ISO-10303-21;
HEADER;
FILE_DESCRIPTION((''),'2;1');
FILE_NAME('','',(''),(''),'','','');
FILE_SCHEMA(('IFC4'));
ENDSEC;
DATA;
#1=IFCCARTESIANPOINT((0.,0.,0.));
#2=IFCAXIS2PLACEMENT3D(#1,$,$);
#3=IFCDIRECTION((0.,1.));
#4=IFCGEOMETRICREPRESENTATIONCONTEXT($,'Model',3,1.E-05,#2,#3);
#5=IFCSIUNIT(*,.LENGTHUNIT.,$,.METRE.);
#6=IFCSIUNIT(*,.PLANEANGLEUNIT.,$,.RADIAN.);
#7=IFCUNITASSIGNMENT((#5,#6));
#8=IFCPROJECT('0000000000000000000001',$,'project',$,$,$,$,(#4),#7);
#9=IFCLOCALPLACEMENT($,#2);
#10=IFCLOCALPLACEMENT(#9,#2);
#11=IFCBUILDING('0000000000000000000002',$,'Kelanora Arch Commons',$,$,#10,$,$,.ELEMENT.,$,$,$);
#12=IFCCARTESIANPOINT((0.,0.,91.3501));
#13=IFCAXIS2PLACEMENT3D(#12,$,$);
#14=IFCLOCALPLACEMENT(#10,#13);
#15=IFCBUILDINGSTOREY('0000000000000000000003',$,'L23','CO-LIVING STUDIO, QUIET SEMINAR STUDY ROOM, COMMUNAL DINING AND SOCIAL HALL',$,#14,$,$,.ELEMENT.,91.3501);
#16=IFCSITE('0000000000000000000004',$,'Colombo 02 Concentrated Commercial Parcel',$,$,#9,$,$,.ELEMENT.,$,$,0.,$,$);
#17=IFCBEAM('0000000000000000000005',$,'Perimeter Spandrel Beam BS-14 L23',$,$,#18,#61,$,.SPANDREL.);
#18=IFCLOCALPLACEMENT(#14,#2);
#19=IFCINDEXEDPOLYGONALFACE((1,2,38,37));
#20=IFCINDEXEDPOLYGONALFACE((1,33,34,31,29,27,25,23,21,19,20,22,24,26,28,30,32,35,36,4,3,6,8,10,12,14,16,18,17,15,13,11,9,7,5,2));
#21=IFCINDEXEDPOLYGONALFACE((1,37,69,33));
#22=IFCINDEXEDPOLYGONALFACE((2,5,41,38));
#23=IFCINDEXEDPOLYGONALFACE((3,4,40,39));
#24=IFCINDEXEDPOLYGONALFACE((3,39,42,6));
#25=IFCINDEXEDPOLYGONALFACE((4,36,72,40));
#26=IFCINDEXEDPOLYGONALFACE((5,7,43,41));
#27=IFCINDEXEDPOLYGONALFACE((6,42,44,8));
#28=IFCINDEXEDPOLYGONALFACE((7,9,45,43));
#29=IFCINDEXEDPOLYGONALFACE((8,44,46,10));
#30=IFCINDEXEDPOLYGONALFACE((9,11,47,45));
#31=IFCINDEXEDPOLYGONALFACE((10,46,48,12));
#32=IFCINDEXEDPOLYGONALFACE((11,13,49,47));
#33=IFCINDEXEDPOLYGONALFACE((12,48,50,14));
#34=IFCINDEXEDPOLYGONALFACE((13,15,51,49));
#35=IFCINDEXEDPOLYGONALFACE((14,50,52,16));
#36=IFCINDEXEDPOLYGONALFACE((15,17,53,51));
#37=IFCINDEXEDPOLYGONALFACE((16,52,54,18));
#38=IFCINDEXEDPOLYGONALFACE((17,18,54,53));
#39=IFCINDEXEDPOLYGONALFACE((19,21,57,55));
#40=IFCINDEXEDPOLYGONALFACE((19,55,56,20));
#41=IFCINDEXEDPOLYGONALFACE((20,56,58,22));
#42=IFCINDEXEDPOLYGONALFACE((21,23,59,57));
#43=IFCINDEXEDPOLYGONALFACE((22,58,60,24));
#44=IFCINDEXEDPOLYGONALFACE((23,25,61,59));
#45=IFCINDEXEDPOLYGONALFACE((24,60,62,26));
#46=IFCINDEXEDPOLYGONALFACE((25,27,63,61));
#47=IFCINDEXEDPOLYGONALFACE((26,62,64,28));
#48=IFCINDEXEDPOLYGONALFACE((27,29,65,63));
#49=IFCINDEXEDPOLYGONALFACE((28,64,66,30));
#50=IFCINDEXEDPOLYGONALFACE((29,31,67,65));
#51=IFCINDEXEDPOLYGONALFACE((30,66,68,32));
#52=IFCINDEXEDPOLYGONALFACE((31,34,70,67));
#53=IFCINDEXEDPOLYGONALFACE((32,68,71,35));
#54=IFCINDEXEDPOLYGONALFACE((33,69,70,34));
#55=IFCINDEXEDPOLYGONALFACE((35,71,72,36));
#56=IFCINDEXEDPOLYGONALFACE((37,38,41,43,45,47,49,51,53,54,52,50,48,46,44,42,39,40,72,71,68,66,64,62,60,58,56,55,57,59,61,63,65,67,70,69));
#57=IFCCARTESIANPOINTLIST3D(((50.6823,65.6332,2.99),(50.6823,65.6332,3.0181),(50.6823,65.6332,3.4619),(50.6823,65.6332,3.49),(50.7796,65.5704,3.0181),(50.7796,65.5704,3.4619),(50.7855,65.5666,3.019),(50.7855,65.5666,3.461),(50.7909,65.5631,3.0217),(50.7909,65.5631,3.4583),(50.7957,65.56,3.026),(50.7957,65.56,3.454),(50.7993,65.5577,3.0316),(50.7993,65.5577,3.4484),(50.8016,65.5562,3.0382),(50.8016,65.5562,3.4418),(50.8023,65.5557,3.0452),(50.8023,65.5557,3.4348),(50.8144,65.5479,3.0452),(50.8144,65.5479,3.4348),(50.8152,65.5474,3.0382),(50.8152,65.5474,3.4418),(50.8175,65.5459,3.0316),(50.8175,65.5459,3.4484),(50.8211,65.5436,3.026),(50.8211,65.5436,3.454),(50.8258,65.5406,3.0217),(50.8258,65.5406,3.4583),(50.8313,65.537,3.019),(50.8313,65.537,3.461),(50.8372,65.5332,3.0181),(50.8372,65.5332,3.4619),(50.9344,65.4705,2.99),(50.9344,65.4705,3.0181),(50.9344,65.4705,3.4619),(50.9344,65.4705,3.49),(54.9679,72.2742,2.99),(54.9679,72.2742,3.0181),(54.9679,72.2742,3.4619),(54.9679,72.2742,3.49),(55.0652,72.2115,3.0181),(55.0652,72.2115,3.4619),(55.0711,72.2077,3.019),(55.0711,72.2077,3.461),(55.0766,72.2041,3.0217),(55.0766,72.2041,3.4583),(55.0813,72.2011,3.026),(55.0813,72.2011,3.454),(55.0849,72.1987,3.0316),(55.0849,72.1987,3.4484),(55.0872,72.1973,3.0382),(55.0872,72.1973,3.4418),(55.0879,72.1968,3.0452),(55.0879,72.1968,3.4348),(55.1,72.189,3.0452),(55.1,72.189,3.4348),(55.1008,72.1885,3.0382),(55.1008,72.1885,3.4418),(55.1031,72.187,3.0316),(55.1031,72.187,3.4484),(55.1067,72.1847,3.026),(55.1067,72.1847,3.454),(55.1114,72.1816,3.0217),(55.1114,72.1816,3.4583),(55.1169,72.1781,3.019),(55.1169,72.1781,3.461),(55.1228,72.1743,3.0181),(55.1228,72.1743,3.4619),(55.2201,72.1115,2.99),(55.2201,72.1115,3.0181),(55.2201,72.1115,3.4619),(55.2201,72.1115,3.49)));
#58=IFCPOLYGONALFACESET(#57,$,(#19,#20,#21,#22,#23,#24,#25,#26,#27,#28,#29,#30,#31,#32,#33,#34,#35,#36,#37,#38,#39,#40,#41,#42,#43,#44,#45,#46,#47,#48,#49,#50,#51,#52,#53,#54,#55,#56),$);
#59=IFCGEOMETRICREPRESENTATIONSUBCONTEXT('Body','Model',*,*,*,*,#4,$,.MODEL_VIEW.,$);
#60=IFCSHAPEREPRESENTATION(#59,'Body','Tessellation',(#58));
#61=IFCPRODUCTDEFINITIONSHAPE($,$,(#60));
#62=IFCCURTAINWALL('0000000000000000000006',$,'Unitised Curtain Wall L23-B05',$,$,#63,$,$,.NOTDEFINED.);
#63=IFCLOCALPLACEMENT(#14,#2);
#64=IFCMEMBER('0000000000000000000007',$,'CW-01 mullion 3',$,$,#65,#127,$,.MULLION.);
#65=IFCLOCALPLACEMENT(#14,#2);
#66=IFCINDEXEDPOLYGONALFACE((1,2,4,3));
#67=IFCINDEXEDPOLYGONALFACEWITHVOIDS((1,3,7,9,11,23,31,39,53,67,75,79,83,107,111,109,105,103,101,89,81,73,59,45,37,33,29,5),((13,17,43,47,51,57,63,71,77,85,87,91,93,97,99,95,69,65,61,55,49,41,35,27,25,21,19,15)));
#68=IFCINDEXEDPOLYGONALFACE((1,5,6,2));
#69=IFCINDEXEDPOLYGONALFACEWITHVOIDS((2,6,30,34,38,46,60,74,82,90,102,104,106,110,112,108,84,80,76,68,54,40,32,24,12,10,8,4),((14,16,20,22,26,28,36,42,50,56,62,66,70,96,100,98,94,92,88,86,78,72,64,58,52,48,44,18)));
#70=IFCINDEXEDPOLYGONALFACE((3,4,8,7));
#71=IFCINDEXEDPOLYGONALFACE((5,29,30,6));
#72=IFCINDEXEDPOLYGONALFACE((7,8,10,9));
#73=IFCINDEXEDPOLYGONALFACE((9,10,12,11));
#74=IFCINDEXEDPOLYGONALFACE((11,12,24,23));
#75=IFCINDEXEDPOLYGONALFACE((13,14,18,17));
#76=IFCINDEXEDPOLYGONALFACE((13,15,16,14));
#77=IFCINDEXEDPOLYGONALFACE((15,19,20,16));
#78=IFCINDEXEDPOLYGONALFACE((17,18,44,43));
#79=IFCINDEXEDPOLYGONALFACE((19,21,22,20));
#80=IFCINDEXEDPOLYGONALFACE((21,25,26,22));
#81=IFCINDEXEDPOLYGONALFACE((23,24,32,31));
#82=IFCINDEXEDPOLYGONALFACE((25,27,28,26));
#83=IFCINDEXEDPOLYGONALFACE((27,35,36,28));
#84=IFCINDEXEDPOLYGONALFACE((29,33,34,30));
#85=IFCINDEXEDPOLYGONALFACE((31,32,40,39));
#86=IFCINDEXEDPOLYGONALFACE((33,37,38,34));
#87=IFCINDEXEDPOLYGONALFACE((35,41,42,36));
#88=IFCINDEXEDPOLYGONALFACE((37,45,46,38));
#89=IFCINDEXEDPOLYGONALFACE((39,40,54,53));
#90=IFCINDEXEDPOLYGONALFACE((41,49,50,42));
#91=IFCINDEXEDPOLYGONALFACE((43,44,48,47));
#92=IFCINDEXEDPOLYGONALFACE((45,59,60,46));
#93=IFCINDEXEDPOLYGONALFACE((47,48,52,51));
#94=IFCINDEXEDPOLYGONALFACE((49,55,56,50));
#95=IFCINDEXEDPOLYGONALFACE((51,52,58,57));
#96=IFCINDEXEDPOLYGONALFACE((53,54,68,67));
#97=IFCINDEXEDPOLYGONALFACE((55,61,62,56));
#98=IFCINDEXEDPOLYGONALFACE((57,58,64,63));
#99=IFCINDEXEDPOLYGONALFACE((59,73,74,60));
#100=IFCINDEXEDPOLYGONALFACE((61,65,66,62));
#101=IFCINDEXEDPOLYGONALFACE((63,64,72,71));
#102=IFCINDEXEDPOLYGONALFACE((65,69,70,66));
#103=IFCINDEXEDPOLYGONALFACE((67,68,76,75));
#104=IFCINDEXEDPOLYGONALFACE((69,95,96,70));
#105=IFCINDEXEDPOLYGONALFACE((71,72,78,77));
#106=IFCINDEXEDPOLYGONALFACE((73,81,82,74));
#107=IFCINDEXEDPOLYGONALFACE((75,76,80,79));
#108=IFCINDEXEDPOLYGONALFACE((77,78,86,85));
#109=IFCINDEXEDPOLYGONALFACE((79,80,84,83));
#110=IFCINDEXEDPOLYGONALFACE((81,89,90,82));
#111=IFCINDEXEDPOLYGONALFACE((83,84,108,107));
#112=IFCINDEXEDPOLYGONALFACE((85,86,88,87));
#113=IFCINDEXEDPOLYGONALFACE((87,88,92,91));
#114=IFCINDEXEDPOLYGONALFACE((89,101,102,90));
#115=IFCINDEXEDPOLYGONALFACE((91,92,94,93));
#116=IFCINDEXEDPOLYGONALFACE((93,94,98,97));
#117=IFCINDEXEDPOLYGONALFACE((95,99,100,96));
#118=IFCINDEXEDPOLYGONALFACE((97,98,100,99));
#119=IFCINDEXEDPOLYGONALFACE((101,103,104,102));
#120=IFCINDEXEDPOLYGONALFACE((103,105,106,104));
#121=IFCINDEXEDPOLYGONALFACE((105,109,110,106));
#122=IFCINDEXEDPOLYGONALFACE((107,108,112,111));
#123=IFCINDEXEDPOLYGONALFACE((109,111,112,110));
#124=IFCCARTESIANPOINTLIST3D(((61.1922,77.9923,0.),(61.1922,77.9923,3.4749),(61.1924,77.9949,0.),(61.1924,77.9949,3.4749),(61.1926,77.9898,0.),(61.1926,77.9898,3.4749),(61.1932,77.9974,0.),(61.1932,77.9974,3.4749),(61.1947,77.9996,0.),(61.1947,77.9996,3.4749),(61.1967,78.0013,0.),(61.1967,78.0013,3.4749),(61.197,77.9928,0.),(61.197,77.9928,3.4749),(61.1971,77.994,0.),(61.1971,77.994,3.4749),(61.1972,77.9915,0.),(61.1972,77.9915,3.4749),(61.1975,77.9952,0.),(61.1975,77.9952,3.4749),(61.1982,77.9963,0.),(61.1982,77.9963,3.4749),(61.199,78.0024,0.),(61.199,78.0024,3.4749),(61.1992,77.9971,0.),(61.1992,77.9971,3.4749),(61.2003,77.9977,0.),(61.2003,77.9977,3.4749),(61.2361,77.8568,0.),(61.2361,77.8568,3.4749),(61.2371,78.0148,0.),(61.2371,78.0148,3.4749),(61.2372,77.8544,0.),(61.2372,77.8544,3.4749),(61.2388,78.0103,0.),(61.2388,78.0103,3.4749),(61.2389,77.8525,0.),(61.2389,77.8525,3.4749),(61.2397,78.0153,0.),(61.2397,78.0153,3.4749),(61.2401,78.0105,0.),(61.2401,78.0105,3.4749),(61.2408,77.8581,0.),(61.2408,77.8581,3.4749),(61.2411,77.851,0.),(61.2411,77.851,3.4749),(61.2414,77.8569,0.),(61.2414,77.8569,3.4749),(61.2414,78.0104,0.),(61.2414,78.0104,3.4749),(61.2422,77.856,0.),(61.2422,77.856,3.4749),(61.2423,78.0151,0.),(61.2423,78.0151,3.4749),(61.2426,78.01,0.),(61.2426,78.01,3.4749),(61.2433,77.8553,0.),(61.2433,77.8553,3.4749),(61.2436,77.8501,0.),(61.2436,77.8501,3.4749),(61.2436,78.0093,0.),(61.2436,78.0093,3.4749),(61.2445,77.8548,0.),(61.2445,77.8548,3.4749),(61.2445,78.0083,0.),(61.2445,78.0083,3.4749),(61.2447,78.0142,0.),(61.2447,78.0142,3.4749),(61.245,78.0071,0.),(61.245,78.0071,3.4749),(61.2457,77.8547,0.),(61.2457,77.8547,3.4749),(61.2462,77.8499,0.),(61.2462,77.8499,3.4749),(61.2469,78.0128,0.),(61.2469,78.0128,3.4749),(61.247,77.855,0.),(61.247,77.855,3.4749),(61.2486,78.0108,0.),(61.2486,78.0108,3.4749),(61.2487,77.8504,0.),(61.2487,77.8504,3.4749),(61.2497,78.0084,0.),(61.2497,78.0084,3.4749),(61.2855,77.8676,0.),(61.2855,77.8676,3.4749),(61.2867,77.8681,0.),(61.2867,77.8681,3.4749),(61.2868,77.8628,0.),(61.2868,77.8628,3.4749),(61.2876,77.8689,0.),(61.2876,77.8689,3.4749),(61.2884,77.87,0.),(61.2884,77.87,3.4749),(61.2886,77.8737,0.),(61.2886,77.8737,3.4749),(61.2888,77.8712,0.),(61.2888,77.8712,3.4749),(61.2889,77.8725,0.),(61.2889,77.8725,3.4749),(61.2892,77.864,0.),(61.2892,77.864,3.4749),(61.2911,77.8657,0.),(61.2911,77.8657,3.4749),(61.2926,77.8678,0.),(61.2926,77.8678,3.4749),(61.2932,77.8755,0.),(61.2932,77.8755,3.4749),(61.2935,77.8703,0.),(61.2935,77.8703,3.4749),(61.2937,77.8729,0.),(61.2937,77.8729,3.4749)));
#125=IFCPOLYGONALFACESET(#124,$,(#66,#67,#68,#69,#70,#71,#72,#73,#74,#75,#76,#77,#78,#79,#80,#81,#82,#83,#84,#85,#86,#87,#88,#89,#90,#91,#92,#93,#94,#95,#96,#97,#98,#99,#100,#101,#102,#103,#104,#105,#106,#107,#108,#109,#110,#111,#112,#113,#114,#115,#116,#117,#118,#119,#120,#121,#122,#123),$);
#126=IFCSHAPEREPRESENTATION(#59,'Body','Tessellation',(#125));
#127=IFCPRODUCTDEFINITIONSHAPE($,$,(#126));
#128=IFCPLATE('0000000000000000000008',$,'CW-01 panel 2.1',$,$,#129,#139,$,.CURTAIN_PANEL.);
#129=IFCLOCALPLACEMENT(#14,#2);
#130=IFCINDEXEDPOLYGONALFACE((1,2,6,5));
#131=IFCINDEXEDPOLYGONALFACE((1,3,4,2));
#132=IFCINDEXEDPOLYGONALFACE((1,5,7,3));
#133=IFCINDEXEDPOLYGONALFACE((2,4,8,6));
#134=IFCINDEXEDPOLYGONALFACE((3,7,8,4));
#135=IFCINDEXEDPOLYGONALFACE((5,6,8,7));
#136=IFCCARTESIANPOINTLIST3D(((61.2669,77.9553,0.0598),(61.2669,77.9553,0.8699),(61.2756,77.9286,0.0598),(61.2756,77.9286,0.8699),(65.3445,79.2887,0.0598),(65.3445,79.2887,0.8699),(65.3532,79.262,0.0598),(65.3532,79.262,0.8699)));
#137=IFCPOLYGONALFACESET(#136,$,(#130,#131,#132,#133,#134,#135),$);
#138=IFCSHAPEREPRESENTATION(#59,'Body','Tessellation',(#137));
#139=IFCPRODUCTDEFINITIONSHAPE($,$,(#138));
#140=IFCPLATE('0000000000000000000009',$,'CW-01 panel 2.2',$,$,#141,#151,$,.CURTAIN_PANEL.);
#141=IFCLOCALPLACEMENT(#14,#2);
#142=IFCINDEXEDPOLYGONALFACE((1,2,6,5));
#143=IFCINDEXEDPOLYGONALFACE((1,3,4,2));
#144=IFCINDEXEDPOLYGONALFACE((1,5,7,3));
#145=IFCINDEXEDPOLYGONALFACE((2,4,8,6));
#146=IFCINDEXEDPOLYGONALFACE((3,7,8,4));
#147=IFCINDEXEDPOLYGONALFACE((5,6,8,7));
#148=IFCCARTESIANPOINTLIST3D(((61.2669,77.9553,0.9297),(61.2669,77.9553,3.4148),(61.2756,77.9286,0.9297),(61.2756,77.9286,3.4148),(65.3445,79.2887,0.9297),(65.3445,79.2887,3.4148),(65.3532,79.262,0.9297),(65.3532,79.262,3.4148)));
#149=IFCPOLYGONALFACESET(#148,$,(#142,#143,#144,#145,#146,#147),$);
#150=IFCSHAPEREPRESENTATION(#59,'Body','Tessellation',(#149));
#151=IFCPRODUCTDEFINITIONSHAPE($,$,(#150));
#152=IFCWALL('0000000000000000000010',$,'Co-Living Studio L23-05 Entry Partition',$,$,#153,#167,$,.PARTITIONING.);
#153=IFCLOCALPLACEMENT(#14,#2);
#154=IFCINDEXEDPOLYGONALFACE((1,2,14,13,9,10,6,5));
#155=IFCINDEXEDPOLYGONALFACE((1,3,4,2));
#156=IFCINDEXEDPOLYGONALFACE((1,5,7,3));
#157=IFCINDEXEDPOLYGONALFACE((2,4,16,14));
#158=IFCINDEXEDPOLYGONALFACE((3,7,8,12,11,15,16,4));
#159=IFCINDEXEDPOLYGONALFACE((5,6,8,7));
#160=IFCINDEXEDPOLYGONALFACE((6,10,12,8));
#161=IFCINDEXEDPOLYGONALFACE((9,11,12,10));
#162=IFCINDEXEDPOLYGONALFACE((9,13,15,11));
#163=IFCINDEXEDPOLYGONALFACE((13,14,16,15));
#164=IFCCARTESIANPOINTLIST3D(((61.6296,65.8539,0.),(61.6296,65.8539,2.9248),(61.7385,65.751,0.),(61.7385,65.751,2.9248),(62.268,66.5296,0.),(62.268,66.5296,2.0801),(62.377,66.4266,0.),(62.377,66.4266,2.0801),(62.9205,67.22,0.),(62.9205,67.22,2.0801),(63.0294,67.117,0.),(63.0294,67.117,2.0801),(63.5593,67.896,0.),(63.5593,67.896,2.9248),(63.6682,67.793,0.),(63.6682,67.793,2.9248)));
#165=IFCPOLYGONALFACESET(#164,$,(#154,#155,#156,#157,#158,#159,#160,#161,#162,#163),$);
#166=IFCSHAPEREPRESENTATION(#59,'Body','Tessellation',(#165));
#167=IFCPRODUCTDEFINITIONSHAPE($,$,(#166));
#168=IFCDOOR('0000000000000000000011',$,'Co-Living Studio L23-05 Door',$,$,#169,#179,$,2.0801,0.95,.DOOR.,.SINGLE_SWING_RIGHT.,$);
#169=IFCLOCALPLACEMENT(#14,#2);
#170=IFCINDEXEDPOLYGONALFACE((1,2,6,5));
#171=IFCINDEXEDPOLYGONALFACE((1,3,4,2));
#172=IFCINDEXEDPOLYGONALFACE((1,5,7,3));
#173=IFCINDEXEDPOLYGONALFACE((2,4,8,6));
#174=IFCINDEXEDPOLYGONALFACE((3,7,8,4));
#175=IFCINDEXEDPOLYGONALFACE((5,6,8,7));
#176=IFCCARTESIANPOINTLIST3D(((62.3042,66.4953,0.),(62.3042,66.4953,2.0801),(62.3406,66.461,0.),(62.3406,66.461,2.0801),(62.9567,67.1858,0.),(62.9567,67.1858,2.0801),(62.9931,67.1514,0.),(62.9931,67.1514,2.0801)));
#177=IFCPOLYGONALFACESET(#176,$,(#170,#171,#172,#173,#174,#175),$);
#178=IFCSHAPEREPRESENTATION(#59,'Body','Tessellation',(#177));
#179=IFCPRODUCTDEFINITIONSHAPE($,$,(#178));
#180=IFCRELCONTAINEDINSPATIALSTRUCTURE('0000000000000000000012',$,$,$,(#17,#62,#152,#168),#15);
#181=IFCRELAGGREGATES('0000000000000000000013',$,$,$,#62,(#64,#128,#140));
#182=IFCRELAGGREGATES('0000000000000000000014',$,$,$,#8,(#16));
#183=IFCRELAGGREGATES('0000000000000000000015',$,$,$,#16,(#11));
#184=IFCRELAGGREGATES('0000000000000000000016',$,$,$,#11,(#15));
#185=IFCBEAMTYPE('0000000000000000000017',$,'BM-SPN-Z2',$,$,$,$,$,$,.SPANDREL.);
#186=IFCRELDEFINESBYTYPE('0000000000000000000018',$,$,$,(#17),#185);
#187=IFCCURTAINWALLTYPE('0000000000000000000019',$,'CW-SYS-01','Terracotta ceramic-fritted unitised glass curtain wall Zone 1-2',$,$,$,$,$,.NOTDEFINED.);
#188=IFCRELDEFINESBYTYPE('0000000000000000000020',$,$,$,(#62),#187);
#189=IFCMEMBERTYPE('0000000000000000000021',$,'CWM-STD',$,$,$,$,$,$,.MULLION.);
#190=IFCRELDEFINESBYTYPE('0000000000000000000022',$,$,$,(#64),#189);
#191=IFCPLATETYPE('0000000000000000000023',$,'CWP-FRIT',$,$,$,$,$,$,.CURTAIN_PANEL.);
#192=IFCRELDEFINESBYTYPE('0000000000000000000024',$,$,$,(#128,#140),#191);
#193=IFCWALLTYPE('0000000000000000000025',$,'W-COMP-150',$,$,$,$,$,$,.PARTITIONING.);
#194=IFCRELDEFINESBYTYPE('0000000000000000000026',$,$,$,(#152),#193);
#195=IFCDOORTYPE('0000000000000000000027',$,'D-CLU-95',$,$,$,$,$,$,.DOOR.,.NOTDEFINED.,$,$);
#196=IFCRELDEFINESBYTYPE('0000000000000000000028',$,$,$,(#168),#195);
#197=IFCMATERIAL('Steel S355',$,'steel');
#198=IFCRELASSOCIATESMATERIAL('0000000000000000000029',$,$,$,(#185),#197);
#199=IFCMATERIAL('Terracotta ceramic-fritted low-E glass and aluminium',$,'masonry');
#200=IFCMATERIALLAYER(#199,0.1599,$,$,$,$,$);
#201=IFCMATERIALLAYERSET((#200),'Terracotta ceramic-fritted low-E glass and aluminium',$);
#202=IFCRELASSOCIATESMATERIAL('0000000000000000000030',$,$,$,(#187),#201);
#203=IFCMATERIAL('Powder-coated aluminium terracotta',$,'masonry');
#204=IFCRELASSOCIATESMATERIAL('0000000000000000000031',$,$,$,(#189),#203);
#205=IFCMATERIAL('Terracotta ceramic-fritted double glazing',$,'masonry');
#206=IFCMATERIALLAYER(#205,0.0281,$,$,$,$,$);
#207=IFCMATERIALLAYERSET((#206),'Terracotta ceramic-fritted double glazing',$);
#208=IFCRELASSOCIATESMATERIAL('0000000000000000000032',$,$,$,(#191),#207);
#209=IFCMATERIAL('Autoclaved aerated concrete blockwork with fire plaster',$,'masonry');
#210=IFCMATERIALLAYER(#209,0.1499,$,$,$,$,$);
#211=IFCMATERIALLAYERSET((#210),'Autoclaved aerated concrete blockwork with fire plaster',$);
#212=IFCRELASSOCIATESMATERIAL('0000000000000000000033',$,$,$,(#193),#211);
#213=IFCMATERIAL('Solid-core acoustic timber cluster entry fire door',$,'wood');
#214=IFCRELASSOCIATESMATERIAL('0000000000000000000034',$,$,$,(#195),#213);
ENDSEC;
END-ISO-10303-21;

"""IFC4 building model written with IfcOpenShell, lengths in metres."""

from ifc_helpers import new_model, si_unit, direction, frame, frame_2d, origin, origin_2d, place, context, subcontext, project, spatial, rectangle, hollow_rectangle, i_section, extrude, source, transform, mapped, material, layer, layer_set, material_profile, profile_set, type_object, element, fill, aggregate, save


model = new_model("IFC4")

# Units and contexts
model_context = context("Model", 3, precision=1e-05, world=origin(), true_north=direction((0.0, 1.0)))
body_context = subcontext(model_context, "Body", "Model", "MODEL_VIEW")
ifc_project = project(units=[si_unit("LENGTHUNIT", "METRE"), si_unit("PLANEANGLEUNIT", "RADIAN")], contexts=[model_context])

# Site, building, storey
site_placement = place(None, origin())
site = spatial("IfcSite", under=ifc_project, at=site_placement, Name="Colombo 02 Concentrated Commercial Parcel", CompositionType="ELEMENT", RefElevation=0.0)
building_placement = place(site_placement, origin())
building = spatial("IfcBuilding", under=site, at=building_placement, Name="Kelanora Arch Commons", CompositionType="ELEMENT")
storey_placement = place(building_placement, frame((0.0, 0.0, 91.3501)))
storey = spatial("IfcBuildingStorey", under=building, at=storey_placement, Name="L23", Description="CO-LIVING STUDIO, QUIET SEMINAR STUDY ROOM, COMMUNAL DINING AND SOCIAL HALL", CompositionType="ELEMENT", Elevation=91.3501)

# Beam
ifc_material_1 = material(Name="Steel S355", Category="steel")
ifc_material_profile_1 = material_profile(ifc_material_1, i_section(OverallWidth=0.3, OverallDepth=0.5, WebThickness=0.0144, FlangeThickness=0.0281, FilletRadius=0.0271, at=origin_2d()), Name="HEB500")
ifc_profile_set_1 = profile_set([ifc_material_profile_1], Name="Steel S355")
beam_type_1 = type_object("IfcBeamType", Name="BM-SPN-Z2", PredefinedType="SPANDREL", material=ifc_profile_set_1)
beam_1_placement = place(storey_placement, frame((55.094, 72.1929, 3.24), z_axis=(-0.542221, -0.840236, 0.0), x_axis=(0.840236, -0.542221, 0.0)))
element("IfcBeam", 1, at=beam_1_placement, inside=storey, type_object=beam_type_1, Name="Perimeter Spandrel Beam BS-14 L23", PredefinedType="SPANDREL", context=body_context, shape_type="SweptSolid", body=[
    extrude(i_section(OverallWidth=0.3, OverallDepth=0.5, WebThickness=0.0144, FlangeThickness=0.0281, FilletRadius=0.0271, at=origin_2d()), origin(), (0.0, 0.0, 1.0), 7.9038),
])

# Curtain wall, member, plates
ifc_material_2 = material(Name="Terracotta ceramic-fritted low-E glass and aluminium", Category="masonry")
ifc_layer_1 = layer(ifc_material_2, 0.1599)
ifc_layer_set_1 = layer_set([ifc_layer_1], Name="Terracotta ceramic-fritted low-E glass and aluminium")
curtain_wall_type = type_object("IfcCurtainWallType", Name="CW-SYS-01", Description="Terracotta ceramic-fritted unitised glass curtain wall Zone 1-2", PredefinedType="NOTDEFINED", material=ifc_layer_set_1)
curtain_wall_placement = place(storey_placement, origin())
curtain_wall = element("IfcCurtainWall", 2, at=curtain_wall_placement, inside=storey, type_object=curtain_wall_type, Name="Unitised Curtain Wall L23-B05", PredefinedType="NOTDEFINED")
ifc_material_3 = material(Name="Powder-coated aluminium terracotta", Category="masonry")
ifc_material_profile_2 = material_profile(ifc_material_3, hollow_rectangle(XDim=0.1599, YDim=0.0601, WallThickness=0.0049, InnerFilletRadius=0.0049, OuterFilletRadius=0.01, at=origin_2d()), Name="CWM160x60")
ifc_profile_set_2 = profile_set([ifc_material_profile_2], Name="Powder-coated aluminium terracotta")
member_type = type_object("IfcMemberType", Name="CWM-STD", PredefinedType="MULLION", material=ifc_profile_set_2)
member_placement = place(storey_placement, frame((61.2429, 77.9326, 0.0), z_axis=(0.0, 0.0, 1.0), x_axis=(0.310805, -0.950474, 0.0)))
member = element("IfcMember", 3, at=member_placement, type_object=member_type, Name="CW-01 mullion 3", PredefinedType="MULLION", context=body_context, shape_type="SweptSolid", body=[
    extrude(hollow_rectangle(XDim=0.1599, YDim=0.0601, WallThickness=0.0049, InnerFilletRadius=0.0049, OuterFilletRadius=0.01, at=origin_2d()), origin(), (0.0, 0.0, 1.0), 3.4749),
])
ifc_material_4 = material(Name="Terracotta ceramic-fritted double glazing", Category="masonry")
ifc_layer_2 = layer(ifc_material_4, 0.0281)
ifc_layer_set_2 = layer_set([ifc_layer_2], Name="Terracotta ceramic-fritted double glazing")
plate_type = type_object("IfcPlateType", Name="CWP-FRIT", PredefinedType="CURTAIN_PANEL", material=ifc_layer_set_2)
shared_shape_1 = source(origin(), body_context, "Body", "SweptSolid", [
    extrude(rectangle(XDim=4.29, YDim=0.0281, at=origin_2d()), origin(), (0.0, 0.0, 1.0), 0.8101),
])
plate_1_placement = place(storey_placement, frame((63.3101, 78.6086, 0.0598), z_axis=(0.0, 0.0, 1.0), x_axis=(-0.950474, -0.310805, 0.0)))
plate_1 = element("IfcPlate", 4, at=plate_1_placement, type_object=plate_type, Name="CW-01 panel 2.1", PredefinedType="CURTAIN_PANEL", context=body_context, shape_type="MappedRepresentation", body=[
    mapped(shared_shape_1, transform((0.0, 0.0, 0.0), scale=1.0)),
])
shared_shape_2 = source(origin(), body_context, "Body", "SweptSolid", [
    extrude(rectangle(XDim=4.29, YDim=0.0281, at=origin_2d()), origin(), (0.0, 0.0, 1.0), 2.4851),
])
plate_2_placement = place(storey_placement, frame((63.3101, 78.6086, 0.9297), z_axis=(0.0, 0.0, 1.0), x_axis=(-0.950474, -0.310805, 0.0)))
plate_2 = element("IfcPlate", 5, at=plate_2_placement, type_object=plate_type, Name="CW-01 panel 2.2", PredefinedType="CURTAIN_PANEL", context=body_context, shape_type="MappedRepresentation", body=[
    mapped(shared_shape_2, transform((0.0, 0.0, 0.0), scale=1.0)),
])
aggregate(curtain_wall, [member, plate_1, plate_2])

# Wall, opening, door
ifc_material_5 = material(Name="Autoclaved aerated concrete blockwork with fire plaster", Category="masonry")
ifc_layer_3 = layer(ifc_material_5, 0.1499)
ifc_layer_set_3 = layer_set([ifc_layer_3], Name="Autoclaved aerated concrete blockwork with fire plaster")
wall_type_1 = type_object("IfcWallType", Name="W-COMP-150", PredefinedType="PARTITIONING", material=ifc_layer_set_3)
wall_1_placement = place(storey_placement, frame((63.6138, 67.8445, 0.0), z_axis=(0.0, 0.0, 1.0), x_axis=(-0.686838, -0.726811, 0.0)))
wall_1 = element("IfcWall", 6, at=wall_1_placement, inside=storey, type_object=wall_type_1, Name="Co-Living Studio L23-05 Entry Partition", PredefinedType="PARTITIONING", context=body_context, shape_type="SweptSolid", body=[
    extrude(rectangle(XDim=2.8096, YDim=0.1499, at=frame_2d((1.4048, 0.0))), origin(), (0.0, 0.0, 1.0), 2.9248),
])
opening_1_placement = place(wall_1_placement, frame((0.9299, 0.0, 0.0)))
opening_1 = element("IfcOpeningElement", 7, at=opening_1_placement, cuts=wall_1, PredefinedType="OPENING", context=body_context, shape_type="SweptSolid", body=[
    extrude(rectangle(XDim=0.95, YDim=2.0801, at=frame_2d((0.4751, 1.04))), frame((0.0, 0.085, 0.0), z_axis=(0.0, -1.0, 0.0), x_axis=(1.0, 0.0, 0.0)), (0.0, 0.0, 1.0), 0.1699),
])
ifc_material_6 = material(Name="Solid-core acoustic timber cluster entry fire door", Category="wood")
door_type_1 = type_object("IfcDoorType", Name="D-CLU-95", OperationType="NOTDEFINED", PredefinedType="DOOR", material=ifc_material_6)
door_1_placement = place(opening_1_placement, origin())
door_1 = element("IfcDoor", 8, at=door_1_placement, inside=storey, type_object=door_type_1, Name="Co-Living Studio L23-05 Door", OperationType="SINGLE_SWING_RIGHT", OverallHeight=2.0801, OverallWidth=0.95, PredefinedType="DOOR", context=body_context, shape_type="SweptSolid", body=[
    extrude(rectangle(XDim=0.95, YDim=2.0801, at=frame_2d((0.4751, 1.04))), frame((0.0, 0.0249, 0.0), z_axis=(0.0, -1.0, 0.0), x_axis=(1.0, 0.0, 0.0)), (0.0, 0.0, 1.0), 0.05),
])
fill(opening_1, door_1)

save(model, "model.ifc")
